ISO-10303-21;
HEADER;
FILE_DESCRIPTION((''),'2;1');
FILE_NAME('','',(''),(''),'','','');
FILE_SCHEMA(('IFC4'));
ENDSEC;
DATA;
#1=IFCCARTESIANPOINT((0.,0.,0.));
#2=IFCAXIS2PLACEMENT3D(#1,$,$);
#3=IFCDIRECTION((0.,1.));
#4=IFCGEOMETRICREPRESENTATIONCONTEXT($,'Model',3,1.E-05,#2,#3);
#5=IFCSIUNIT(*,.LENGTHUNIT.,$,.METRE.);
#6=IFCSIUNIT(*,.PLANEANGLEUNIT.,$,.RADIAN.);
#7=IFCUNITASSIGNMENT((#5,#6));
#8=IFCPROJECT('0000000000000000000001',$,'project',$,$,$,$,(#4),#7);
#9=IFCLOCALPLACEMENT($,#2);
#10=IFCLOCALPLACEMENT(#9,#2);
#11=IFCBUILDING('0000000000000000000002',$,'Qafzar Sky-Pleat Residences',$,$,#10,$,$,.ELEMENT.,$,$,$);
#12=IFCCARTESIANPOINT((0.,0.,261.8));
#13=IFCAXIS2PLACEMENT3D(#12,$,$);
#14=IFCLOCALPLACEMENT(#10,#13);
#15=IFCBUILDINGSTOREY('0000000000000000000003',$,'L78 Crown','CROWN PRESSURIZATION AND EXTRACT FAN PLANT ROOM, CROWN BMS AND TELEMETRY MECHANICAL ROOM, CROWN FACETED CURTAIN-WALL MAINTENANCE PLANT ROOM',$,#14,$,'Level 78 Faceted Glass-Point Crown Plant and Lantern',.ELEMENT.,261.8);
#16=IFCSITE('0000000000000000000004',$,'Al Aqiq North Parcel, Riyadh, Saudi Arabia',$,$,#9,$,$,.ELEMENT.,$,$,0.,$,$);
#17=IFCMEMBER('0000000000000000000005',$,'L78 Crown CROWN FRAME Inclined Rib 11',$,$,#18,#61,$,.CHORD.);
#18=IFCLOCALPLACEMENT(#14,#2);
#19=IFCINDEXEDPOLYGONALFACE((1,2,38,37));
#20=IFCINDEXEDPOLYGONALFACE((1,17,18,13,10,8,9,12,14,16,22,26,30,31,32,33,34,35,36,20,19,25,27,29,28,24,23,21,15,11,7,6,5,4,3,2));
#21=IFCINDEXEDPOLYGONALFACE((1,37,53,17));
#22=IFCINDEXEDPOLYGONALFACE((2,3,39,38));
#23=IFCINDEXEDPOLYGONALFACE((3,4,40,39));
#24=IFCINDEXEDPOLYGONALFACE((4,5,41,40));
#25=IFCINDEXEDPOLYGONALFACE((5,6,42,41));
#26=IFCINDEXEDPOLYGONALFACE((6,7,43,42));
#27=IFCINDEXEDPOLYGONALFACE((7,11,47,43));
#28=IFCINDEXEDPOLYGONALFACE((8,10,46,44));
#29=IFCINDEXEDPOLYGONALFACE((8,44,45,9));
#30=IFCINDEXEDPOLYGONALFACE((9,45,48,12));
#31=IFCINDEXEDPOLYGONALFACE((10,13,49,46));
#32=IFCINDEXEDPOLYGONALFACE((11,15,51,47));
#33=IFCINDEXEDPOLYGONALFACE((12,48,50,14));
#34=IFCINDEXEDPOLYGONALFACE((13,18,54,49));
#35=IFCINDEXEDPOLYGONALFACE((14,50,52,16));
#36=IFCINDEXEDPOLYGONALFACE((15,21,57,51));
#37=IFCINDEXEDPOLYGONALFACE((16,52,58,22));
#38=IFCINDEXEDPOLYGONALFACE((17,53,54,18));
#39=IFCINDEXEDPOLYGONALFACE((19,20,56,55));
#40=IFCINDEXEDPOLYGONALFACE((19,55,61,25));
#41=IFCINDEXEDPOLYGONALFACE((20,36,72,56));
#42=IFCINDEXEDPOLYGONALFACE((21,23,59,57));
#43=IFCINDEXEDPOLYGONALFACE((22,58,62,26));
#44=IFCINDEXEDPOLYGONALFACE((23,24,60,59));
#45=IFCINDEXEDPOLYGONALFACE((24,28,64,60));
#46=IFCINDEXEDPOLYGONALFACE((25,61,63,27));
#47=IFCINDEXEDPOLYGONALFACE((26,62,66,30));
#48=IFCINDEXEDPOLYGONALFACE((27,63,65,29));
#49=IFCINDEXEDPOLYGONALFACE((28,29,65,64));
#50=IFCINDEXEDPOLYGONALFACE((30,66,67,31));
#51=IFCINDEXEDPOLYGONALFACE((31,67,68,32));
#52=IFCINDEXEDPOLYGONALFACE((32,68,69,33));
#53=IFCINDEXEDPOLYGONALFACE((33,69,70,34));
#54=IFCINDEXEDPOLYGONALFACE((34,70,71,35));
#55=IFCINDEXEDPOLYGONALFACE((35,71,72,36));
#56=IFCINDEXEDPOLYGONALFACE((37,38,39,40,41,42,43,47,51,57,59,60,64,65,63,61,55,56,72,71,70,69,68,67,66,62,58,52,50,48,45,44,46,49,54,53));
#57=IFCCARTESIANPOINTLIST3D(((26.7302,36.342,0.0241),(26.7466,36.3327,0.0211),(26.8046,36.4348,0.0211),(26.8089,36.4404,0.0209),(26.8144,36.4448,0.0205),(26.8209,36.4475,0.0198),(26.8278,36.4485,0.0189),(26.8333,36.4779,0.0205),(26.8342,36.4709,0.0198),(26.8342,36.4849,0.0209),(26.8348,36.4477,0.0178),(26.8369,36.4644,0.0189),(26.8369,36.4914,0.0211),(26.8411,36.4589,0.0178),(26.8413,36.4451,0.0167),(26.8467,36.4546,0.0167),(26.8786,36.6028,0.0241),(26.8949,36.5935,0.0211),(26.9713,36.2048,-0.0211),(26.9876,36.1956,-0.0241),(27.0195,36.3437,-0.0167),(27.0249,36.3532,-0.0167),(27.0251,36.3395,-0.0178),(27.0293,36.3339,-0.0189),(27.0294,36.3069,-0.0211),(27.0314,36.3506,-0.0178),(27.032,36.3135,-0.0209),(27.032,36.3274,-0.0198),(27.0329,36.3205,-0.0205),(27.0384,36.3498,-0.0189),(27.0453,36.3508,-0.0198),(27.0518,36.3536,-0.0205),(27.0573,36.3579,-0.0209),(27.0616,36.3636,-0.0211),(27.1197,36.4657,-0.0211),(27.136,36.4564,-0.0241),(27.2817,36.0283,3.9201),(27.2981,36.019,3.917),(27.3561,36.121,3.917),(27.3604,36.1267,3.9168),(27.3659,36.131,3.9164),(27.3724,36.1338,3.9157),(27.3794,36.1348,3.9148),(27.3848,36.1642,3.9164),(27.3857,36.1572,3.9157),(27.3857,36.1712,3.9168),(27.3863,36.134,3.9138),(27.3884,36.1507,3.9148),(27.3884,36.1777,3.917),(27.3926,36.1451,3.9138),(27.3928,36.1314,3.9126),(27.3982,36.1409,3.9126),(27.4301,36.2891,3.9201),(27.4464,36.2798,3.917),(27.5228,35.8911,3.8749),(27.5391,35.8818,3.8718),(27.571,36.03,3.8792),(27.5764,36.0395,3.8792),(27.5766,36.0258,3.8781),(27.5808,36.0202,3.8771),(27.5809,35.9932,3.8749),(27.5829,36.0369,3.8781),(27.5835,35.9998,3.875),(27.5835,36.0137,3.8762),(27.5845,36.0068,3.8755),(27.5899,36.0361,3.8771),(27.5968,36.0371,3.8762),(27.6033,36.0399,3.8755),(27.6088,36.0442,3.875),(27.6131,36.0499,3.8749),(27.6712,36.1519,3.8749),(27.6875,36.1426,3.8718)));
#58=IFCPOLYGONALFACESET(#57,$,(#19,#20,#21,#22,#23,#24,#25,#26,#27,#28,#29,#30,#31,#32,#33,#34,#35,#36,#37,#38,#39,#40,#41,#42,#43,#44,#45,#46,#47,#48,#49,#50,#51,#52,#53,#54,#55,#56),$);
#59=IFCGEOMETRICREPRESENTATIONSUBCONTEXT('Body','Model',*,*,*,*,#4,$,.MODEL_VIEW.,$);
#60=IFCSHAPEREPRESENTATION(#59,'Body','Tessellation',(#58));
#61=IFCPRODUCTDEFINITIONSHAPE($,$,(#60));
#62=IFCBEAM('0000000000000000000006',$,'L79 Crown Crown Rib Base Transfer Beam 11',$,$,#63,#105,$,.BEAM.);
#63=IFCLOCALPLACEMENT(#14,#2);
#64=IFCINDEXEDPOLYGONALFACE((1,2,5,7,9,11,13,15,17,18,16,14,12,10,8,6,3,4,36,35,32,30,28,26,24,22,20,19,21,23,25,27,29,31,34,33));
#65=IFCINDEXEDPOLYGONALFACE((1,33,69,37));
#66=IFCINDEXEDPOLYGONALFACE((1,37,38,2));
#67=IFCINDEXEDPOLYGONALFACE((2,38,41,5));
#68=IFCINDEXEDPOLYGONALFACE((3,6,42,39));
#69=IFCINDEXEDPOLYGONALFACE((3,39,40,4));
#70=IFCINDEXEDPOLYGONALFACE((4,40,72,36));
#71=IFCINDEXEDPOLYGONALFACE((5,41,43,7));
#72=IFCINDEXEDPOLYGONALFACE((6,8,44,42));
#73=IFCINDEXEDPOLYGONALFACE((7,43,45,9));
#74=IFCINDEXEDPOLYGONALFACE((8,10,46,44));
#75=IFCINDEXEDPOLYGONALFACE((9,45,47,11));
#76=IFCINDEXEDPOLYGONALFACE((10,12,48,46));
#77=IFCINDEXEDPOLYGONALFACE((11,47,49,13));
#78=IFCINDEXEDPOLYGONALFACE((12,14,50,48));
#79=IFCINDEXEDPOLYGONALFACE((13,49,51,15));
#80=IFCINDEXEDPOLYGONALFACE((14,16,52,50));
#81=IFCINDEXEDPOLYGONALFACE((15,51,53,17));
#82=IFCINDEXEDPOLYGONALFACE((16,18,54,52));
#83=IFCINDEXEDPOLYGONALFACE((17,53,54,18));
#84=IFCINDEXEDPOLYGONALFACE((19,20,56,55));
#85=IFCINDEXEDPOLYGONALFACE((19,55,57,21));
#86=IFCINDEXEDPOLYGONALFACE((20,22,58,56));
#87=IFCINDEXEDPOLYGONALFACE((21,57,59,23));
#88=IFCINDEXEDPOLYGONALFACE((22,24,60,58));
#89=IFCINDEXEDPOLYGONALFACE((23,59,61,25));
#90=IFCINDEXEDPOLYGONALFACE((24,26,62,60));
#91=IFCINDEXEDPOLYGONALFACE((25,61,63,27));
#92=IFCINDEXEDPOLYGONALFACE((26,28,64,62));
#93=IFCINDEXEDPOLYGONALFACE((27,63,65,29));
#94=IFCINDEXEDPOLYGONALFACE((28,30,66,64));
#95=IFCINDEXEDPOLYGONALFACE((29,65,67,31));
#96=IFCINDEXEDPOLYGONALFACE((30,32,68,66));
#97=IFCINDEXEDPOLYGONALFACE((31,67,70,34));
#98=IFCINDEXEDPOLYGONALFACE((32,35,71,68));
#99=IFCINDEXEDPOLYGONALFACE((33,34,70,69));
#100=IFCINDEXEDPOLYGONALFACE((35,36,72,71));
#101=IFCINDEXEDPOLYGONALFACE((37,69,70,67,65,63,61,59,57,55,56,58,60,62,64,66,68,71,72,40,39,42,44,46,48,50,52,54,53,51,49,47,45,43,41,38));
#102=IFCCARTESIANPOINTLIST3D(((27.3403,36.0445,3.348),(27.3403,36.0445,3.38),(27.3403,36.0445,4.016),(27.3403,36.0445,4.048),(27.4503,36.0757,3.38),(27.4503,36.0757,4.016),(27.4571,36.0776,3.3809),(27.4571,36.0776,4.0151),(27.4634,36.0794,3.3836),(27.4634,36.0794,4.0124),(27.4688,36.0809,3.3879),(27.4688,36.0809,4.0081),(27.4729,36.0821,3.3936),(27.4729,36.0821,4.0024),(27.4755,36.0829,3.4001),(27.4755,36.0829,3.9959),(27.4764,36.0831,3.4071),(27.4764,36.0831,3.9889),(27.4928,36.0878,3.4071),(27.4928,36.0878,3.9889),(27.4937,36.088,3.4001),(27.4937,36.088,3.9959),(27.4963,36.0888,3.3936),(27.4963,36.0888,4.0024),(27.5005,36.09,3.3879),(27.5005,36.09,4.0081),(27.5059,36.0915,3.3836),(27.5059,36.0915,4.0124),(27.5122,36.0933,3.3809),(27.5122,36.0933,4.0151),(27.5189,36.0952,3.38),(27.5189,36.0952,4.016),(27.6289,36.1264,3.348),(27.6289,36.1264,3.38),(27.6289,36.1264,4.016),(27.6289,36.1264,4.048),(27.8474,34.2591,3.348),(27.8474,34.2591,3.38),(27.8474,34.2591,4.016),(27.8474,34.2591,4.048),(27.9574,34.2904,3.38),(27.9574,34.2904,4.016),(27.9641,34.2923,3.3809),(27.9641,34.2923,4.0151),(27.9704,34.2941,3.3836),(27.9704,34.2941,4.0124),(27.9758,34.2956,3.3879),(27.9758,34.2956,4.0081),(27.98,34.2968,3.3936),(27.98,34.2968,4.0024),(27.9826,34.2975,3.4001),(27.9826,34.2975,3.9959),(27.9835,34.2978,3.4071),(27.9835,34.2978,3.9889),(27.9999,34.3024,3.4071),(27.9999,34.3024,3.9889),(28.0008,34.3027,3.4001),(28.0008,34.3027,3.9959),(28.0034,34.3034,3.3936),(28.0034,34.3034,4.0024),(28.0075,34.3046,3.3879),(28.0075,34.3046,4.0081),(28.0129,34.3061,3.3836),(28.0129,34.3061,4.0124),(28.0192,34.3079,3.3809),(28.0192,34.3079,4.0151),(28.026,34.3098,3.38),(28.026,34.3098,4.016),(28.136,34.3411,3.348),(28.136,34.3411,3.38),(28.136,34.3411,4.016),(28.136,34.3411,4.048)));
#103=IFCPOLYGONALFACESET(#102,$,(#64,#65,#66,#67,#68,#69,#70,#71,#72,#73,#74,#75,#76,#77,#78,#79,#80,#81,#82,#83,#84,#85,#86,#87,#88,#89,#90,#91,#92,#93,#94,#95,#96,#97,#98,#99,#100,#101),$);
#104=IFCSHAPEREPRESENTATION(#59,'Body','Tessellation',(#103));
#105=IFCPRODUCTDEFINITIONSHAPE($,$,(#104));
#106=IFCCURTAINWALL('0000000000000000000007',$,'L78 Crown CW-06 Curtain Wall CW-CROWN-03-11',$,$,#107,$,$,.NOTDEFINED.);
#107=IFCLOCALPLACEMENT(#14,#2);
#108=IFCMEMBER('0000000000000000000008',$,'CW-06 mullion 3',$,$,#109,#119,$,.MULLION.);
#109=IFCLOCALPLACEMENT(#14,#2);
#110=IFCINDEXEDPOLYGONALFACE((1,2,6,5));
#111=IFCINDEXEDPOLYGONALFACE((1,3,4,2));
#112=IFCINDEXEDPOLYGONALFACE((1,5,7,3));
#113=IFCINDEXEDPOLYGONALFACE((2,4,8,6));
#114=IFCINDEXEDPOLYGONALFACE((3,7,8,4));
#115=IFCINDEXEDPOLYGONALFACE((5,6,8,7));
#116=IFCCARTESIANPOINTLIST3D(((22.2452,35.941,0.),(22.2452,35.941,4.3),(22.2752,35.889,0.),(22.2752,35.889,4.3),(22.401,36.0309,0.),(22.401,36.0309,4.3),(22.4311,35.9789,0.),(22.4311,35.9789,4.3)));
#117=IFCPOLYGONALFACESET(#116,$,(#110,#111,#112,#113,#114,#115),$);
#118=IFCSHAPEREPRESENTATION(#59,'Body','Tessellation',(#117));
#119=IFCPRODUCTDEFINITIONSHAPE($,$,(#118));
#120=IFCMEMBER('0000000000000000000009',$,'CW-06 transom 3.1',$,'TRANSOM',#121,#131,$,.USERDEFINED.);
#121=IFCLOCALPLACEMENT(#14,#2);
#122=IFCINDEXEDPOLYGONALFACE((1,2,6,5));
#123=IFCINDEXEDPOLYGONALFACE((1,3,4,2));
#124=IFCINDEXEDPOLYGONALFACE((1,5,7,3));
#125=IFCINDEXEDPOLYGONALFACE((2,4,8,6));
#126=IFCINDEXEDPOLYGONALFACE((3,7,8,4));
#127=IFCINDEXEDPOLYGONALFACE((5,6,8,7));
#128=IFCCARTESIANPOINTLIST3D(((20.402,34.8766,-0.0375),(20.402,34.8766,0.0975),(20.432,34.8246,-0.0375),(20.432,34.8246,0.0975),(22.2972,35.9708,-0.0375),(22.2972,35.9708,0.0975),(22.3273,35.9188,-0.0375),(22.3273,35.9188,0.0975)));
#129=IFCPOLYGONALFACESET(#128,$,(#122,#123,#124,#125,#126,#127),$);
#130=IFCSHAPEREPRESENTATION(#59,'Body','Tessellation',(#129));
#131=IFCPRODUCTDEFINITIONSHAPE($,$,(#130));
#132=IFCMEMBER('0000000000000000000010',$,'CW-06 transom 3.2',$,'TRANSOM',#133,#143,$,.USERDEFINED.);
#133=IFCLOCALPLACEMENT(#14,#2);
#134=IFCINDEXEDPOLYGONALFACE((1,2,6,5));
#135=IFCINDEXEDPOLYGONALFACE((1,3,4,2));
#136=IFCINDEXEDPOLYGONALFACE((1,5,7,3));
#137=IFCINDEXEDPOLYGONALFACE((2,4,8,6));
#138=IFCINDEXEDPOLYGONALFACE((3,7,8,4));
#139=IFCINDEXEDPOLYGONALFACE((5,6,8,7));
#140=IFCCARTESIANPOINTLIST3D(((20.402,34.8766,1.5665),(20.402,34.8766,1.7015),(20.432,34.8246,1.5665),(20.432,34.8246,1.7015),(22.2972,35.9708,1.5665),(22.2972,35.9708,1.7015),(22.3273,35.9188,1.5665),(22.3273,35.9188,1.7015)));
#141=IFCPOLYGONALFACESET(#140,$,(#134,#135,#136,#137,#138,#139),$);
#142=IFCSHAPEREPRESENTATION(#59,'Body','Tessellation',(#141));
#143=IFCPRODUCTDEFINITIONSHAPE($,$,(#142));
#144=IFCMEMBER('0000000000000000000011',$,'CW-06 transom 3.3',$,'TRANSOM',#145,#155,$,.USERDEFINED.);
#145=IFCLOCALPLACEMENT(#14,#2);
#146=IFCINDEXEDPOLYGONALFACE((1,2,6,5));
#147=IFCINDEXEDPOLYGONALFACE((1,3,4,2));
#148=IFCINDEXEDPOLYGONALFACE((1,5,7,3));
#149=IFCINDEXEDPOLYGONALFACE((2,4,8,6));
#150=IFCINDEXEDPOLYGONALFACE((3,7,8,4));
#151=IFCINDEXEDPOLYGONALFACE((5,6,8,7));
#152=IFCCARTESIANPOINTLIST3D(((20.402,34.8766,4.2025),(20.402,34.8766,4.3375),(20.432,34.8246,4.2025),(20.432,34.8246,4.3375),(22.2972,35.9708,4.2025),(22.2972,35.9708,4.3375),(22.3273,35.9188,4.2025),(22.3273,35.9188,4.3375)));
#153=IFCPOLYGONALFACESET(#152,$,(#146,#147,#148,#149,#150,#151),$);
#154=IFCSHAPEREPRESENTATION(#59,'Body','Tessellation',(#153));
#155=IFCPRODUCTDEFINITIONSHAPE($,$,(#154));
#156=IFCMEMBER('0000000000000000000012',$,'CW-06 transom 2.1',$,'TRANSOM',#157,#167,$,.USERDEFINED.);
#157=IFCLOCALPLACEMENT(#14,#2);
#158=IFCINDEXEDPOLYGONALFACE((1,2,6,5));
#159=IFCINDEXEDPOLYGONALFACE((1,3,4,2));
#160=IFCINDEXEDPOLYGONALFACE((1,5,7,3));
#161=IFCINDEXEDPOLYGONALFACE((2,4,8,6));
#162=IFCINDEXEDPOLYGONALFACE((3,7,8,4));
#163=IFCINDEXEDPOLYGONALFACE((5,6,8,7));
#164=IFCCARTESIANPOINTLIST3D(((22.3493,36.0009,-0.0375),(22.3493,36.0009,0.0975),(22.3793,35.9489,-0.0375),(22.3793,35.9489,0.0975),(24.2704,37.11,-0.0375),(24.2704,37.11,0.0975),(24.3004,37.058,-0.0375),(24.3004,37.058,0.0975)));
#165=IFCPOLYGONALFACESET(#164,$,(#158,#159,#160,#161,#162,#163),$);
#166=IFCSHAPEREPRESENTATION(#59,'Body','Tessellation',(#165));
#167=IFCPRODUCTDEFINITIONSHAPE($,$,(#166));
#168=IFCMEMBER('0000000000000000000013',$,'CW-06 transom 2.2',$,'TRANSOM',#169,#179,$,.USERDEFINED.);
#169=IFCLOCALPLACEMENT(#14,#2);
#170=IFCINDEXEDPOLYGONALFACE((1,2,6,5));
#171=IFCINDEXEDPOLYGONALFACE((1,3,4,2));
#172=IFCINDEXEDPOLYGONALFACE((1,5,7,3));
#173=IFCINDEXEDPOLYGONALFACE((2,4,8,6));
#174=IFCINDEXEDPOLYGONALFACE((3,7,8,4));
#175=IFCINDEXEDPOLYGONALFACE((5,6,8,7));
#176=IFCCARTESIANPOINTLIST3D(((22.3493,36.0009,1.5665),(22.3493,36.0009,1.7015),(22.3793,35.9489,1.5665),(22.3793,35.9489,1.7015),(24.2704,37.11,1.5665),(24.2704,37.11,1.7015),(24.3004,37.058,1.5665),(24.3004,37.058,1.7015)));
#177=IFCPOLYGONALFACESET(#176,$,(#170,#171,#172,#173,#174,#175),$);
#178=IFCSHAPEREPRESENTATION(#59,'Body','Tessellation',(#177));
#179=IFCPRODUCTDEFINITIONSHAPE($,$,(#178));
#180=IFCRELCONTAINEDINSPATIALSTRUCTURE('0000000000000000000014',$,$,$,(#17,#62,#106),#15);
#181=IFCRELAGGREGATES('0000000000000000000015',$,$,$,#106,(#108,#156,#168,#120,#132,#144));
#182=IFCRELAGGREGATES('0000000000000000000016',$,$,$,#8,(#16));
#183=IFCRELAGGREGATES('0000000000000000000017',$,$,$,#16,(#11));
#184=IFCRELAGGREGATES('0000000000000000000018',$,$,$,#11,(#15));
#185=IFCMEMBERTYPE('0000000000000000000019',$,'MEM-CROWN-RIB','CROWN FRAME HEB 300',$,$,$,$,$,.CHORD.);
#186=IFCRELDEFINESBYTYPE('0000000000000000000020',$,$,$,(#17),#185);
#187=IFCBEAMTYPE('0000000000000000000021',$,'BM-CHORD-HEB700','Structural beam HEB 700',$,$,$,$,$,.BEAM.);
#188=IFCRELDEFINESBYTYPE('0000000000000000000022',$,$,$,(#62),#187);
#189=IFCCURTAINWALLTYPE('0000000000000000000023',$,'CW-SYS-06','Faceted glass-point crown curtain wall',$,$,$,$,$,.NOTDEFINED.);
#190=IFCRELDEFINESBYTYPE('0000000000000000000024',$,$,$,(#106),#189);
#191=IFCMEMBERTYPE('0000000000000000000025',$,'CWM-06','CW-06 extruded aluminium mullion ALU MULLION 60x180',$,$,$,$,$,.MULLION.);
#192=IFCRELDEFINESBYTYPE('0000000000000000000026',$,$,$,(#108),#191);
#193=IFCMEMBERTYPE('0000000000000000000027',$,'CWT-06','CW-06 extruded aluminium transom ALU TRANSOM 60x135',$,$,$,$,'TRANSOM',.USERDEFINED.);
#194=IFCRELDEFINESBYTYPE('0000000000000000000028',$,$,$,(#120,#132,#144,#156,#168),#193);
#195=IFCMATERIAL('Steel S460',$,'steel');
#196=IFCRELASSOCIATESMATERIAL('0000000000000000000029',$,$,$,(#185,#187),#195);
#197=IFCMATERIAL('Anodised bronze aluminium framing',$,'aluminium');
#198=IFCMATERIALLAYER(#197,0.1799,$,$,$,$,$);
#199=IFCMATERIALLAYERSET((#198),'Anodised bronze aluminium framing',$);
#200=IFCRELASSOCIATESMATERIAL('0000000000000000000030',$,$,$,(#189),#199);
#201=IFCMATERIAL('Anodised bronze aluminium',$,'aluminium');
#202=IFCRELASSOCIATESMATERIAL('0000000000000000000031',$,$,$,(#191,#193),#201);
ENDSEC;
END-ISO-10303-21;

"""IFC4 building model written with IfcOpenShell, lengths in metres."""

from ifc_helpers import new_model, si_unit, direction, frame, origin, origin_2d, place, context, subcontext, project, spatial, rectangle, i_section, extrude, source, transform, mapped, material, layer, layer_set, material_profile, profile_set, type_object, element, aggregate, save


model = new_model("IFC4")

# Units and contexts
model_context = context("Model", 3, precision=1e-05, world=origin(), true_north=direction((0.0, 1.0)))
body_context = subcontext(model_context, "Body", "Model", "MODEL_VIEW")
ifc_project = project(units=[si_unit("LENGTHUNIT", "METRE"), si_unit("PLANEANGLEUNIT", "RADIAN")], contexts=[model_context])

# Site, building, storey
site_placement = place(None, origin())
site = spatial("IfcSite", under=ifc_project, at=site_placement, Name="Al Aqiq North Parcel, Riyadh, Saudi Arabia", CompositionType="ELEMENT", RefElevation=0.0)
building_placement = place(site_placement, origin())
building = spatial("IfcBuilding", under=site, at=building_placement, Name="Qafzar Sky-Pleat Residences", CompositionType="ELEMENT")
storey_placement = place(building_placement, frame((0.0, 0.0, 261.8)))
storey = spatial("IfcBuildingStorey", under=building, at=storey_placement, Name="L78 Crown", Description="CROWN PRESSURIZATION AND EXTRACT FAN PLANT ROOM, CROWN BMS AND TELEMETRY MECHANICAL ROOM, CROWN FACETED CURTAIN-WALL MAINTENANCE PLANT ROOM", LongName="Level 78 Faceted Glass-Point Crown Plant and Lantern", CompositionType="ELEMENT", Elevation=261.8)

# Member
ifc_material_1 = material(Name="Steel S460", Category="steel")
ifc_material_profile_1 = material_profile(ifc_material_1, i_section(OverallWidth=0.3, OverallDepth=0.3, WebThickness=0.011, FlangeThickness=0.019, FilletRadius=0.0271, at=origin_2d()), Name="HEB 300")
ifc_profile_set_1 = profile_set([ifc_material_profile_1], Name="Steel S460")
member_type_1 = type_object("IfcMemberType", Name="MEM-CROWN-RIB", Description="CROWN FRAME HEB 300", PredefinedType="CHORD", material=ifc_profile_set_1)
shared_shape_1 = source(origin(), body_context, "Body", "SweptSolid", [
    extrude(i_section(OverallWidth=0.3, OverallDepth=0.3, WebThickness=0.011, FlangeThickness=0.019, FilletRadius=0.0271, at=origin_2d()), origin(), (0.0, 0.0, 1.0), 3.9473),
])
member_1_placement = place(storey_placement, frame((26.9331, 36.3992, 0.0), z_axis=(0.139718, -0.079477, 0.986997), x_axis=(0.494439, 0.869212, 0.0)))
element("IfcMember", 1, at=member_1_placement, inside=storey, type_object=member_type_1, Name="L78 Crown CROWN FRAME Inclined Rib 11", PredefinedType="CHORD", context=body_context, shape_type="MappedRepresentation", body=[
    mapped(shared_shape_1, transform((0.0, 0.0, 0.0), x_axis=(1.0, 0.0, 0.0), y_axis=(0.0, 1.0, 0.0), z_axis=(0.0, 0.0, 1.0), scale=1.0)),
])

# Beam
ifc_material_profile_2 = material_profile(ifc_material_1, i_section(OverallWidth=0.3, OverallDepth=0.7, WebThickness=0.0171, FlangeThickness=0.032, FilletRadius=0.0271, at=origin_2d()), Name="HEB 700")
ifc_profile_set_2 = profile_set([ifc_material_profile_2], Name="Steel S460")
beam_type = type_object("IfcBeamType", Name="BM-CHORD-HEB700", Description="Structural beam HEB 700", PredefinedType="BEAM", material=ifc_profile_set_2)
shared_shape_2 = source(origin(), body_context, "Body", "SweptSolid", [
    extrude(i_section(OverallWidth=0.3, OverallDepth=0.7, WebThickness=0.0171, FlangeThickness=0.032, FilletRadius=0.0271, at=origin_2d()), origin(), (0.0, 0.0, 1.0), 1.856),
])
beam_placement = place(storey_placement, frame((27.4846, 36.0854, 3.698), z_axis=(0.273209, -0.961955, 0.0), x_axis=(0.961955, 0.273209, 0.0)))
element("IfcBeam", 2, at=beam_placement, inside=storey, type_object=beam_type, Name="L79 Crown Crown Rib Base Transfer Beam 11", PredefinedType="BEAM", context=body_context, shape_type="MappedRepresentation", body=[
    mapped(shared_shape_2, transform((0.0, 0.0, 0.0), x_axis=(1.0, 0.0, 0.0), y_axis=(0.0, 1.0, 0.0), z_axis=(0.0, 0.0, 1.0), scale=1.0)),
])

# Curtain wall, members
ifc_material_2 = material(Name="Anodised bronze aluminium framing", Category="aluminium")
ifc_layer_1 = layer(ifc_material_2, 0.1799)
ifc_layer_set_1 = layer_set([ifc_layer_1], Name="Anodised bronze aluminium framing")
curtain_wall_type = type_object("IfcCurtainWallType", Name="CW-SYS-06", Description="Faceted glass-point crown curtain wall", PredefinedType="NOTDEFINED", material=ifc_layer_set_1)
curtain_wall_placement = place(storey_placement, origin())
curtain_wall = element("IfcCurtainWall", 3, at=curtain_wall_placement, inside=storey, type_object=curtain_wall_type, Name="L78 Crown CW-06 Curtain Wall CW-CROWN-03-11", PredefinedType="NOTDEFINED")
ifc_material_3 = material(Name="Anodised bronze aluminium", Category="aluminium")
ifc_material_profile_3 = material_profile(ifc_material_3, rectangle(XDim=0.0601, YDim=0.1799, at=origin_2d()), Name="ALU MULLION 60x180")
ifc_profile_set_3 = profile_set([ifc_material_profile_3], Name="Anodised bronze aluminium")
member_type_2 = type_object("IfcMemberType", Name="CWM-06", Description="CW-06 extruded aluminium mullion ALU MULLION 60x180", PredefinedType="MULLION", material=ifc_profile_set_3)
shared_shape_3 = source(origin(), body_context, "Body", "SweptSolid", [
    extrude(rectangle(XDim=0.0601, YDim=0.1799, at=origin_2d()), origin(), (0.0, 0.0, 1.0), 4.3),
])
member_2_placement = place(storey_placement, frame((22.3381, 35.96, 0.0), z_axis=(0.0, 0.0, 1.0), x_axis=(0.499993, -0.86603, 0.0)))
member_2 = element("IfcMember", 4, at=member_2_placement, type_object=member_type_2, Name="CW-06 mullion 3", PredefinedType="MULLION", context=body_context, shape_type="MappedRepresentation", body=[
    mapped(shared_shape_3, transform((0.0, 0.0, 0.0), x_axis=(1.0, 0.0, 0.0), y_axis=(0.0, 1.0, 0.0), z_axis=(0.0, 0.0, 1.0), scale=1.0)),
])
ifc_material_profile_4 = material_profile(ifc_material_3, rectangle(XDim=0.0601, YDim=0.135, at=origin_2d()), Name="ALU TRANSOM 60x135")
ifc_profile_set_4 = profile_set([ifc_material_profile_4], Name="Anodised bronze aluminium")
member_type_3 = type_object("IfcMemberType", Name="CWT-06", Description="CW-06 extruded aluminium transom ALU TRANSOM 60x135", ElementType="TRANSOM", PredefinedType="USERDEFINED", material=ifc_profile_set_4)
shared_shape_4 = source(origin(), body_context, "Body", "SweptSolid", [
    extrude(rectangle(XDim=0.0601, YDim=0.135, at=origin_2d()), origin(), (0.0, 0.0, 1.0), 2.1885),
])
member_3_placement = place(storey_placement, frame((22.3123, 35.9448, 0.03), z_axis=(-0.866024, -0.500002, 0.0), x_axis=(0.500002, -0.866024, 0.0)))
member_3 = element("IfcMember", 5, at=member_3_placement, type_object=member_type_3, Name="CW-06 transom 3.1", ObjectType="TRANSOM", PredefinedType="USERDEFINED", context=body_context, shape_type="MappedRepresentation", body=[
    mapped(shared_shape_4, transform((0.0, 0.0, 0.0), x_axis=(1.0, 0.0, 0.0), y_axis=(0.0, 1.0, 0.0), z_axis=(0.0, 0.0, 1.0), scale=1.0)),
])
member_4_placement = place(storey_placement, frame((22.3123, 35.9448, 1.634), z_axis=(-0.866024, -0.500002, 0.0), x_axis=(0.500002, -0.866024, 0.0)))
member_4 = element("IfcMember", 6, at=member_4_placement, type_object=member_type_3, Name="CW-06 transom 3.2", ObjectType="TRANSOM", PredefinedType="USERDEFINED", context=body_context, shape_type="MappedRepresentation", body=[
    mapped(shared_shape_4, transform((0.0, 0.0, 0.0), x_axis=(1.0, 0.0, 0.0), y_axis=(0.0, 1.0, 0.0), z_axis=(0.0, 0.0, 1.0), scale=1.0)),
])
member_5_placement = place(storey_placement, frame((22.3123, 35.9448, 4.27), z_axis=(-0.866024, -0.500002, 0.0), x_axis=(0.500002, -0.866024, 0.0)))
member_5 = element("IfcMember", 7, at=member_5_placement, type_object=member_type_3, Name="CW-06 transom 3.3", ObjectType="TRANSOM", PredefinedType="USERDEFINED", context=body_context, shape_type="MappedRepresentation", body=[
    mapped(shared_shape_4, transform((0.0, 0.0, 0.0), x_axis=(1.0, 0.0, 0.0), y_axis=(0.0, 1.0, 0.0), z_axis=(0.0, 0.0, 1.0), scale=1.0)),
])
shared_shape_5 = source(origin(), body_context, "Body", "SweptSolid", [
    extrude(rectangle(XDim=0.0601, YDim=0.135, at=origin_2d()), origin(), (0.0, 0.0, 1.0), 2.2183),
])
member_6_placement = place(storey_placement, frame((24.2854, 37.084, 0.03), z_axis=(-0.866033, -0.499986, 0.0), x_axis=(0.499986, -0.866033, 0.0)))
member_6 = element("IfcMember", 8, at=member_6_placement, type_object=member_type_3, Name="CW-06 transom 2.1", ObjectType="TRANSOM", PredefinedType="USERDEFINED", context=body_context, shape_type="MappedRepresentation", body=[
    mapped(shared_shape_5, transform((0.0, 0.0, 0.0), x_axis=(1.0, 0.0, 0.0), y_axis=(0.0, 1.0, 0.0), z_axis=(0.0, 0.0, 1.0), scale=1.0)),
])
member_7_placement = place(storey_placement, frame((24.2854, 37.084, 1.634), z_axis=(-0.866033, -0.499986, 0.0), x_axis=(0.499986, -0.866033, 0.0)))
member_7 = element("IfcMember", 9, at=member_7_placement, type_object=member_type_3, Name="CW-06 transom 2.2", ObjectType="TRANSOM", PredefinedType="USERDEFINED", context=body_context, shape_type="MappedRepresentation", body=[
    mapped(shared_shape_5, transform((0.0, 0.0, 0.0), x_axis=(1.0, 0.0, 0.0), y_axis=(0.0, 1.0, 0.0), z_axis=(0.0, 0.0, 1.0), scale=1.0)),
])
aggregate(curtain_wall, [member_2, member_6, member_7, member_3, member_4, member_5])

save(model, "model.ifc")
